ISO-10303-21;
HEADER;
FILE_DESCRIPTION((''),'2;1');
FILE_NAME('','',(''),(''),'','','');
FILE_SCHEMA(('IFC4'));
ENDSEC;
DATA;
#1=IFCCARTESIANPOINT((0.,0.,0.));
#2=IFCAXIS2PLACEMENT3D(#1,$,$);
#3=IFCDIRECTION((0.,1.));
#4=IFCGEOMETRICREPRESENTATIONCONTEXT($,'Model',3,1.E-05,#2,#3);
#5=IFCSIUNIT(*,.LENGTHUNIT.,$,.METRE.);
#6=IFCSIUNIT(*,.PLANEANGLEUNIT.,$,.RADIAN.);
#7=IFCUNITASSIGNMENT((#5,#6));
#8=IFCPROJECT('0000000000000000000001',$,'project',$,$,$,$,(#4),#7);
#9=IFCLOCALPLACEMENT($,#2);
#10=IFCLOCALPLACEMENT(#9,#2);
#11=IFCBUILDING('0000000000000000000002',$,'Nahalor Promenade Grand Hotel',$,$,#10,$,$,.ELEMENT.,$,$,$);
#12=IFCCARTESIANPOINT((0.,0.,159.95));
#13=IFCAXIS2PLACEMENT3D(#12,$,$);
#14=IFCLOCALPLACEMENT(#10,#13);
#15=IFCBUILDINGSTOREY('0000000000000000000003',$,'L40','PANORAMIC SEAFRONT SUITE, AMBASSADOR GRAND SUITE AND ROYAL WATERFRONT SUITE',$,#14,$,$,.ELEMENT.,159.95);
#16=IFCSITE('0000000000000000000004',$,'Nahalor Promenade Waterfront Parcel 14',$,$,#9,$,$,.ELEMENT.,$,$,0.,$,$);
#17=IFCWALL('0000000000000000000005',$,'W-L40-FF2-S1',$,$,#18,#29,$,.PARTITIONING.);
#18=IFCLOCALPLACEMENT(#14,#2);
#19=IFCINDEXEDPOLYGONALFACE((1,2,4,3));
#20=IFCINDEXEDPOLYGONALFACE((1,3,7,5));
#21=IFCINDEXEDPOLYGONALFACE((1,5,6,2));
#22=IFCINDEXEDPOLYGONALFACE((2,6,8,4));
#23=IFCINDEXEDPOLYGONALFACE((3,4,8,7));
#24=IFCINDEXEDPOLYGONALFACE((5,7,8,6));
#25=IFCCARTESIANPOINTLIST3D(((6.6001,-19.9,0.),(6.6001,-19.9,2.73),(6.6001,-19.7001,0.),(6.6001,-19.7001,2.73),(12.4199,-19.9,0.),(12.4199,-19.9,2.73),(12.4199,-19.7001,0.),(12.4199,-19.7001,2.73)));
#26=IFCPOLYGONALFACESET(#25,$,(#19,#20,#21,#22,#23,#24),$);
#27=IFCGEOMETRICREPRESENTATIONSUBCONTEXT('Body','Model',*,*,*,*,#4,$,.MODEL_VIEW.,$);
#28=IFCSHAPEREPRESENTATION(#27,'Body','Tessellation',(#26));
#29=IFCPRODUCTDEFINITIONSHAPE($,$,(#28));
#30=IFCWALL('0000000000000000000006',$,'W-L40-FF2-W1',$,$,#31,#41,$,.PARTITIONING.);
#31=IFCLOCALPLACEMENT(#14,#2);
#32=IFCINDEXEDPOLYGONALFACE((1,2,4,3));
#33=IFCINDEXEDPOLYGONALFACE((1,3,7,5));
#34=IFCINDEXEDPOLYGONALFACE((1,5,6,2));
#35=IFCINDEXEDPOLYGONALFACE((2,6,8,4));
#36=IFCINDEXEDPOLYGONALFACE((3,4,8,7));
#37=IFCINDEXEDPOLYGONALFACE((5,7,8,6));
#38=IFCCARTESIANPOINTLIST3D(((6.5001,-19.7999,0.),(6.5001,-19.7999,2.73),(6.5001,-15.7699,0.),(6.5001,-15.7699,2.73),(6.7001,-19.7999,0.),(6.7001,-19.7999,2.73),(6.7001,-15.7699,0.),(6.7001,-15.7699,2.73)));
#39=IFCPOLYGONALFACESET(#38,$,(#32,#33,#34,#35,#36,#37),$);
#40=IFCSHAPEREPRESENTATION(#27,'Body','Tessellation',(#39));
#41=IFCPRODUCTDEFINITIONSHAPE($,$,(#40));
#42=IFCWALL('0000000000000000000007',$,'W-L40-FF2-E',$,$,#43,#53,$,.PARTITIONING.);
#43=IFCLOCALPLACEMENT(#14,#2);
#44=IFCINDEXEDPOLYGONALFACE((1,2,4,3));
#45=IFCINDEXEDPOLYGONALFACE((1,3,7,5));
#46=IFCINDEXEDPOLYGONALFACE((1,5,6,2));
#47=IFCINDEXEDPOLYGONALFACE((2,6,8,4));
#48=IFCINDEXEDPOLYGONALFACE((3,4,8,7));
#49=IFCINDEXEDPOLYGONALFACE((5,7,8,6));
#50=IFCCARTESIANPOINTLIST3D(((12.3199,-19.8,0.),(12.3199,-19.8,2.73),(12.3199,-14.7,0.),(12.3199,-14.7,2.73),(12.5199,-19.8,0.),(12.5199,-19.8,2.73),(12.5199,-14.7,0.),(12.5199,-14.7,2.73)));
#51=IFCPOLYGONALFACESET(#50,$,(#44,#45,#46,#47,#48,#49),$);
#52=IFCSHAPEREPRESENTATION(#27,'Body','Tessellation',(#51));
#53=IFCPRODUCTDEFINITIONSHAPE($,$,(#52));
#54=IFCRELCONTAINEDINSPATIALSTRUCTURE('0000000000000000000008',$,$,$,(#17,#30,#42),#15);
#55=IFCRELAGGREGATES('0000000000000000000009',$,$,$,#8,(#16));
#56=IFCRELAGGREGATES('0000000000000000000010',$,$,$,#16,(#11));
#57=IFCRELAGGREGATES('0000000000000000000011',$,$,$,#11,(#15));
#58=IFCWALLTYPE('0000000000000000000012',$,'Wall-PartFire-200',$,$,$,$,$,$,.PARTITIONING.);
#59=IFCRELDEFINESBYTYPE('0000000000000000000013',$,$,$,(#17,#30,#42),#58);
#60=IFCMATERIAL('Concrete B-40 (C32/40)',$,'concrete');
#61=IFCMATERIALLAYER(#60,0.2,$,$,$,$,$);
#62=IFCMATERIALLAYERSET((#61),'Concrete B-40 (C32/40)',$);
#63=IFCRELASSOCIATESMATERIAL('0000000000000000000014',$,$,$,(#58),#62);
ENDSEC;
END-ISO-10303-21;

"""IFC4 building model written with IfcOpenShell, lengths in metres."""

from ifc_helpers import new_model, si_unit, direction, frame, frame_2d, origin, place, context, subcontext, project, spatial, rectangle, extrude, source, transform, mapped, material, layer, layer_set, type_object, element, save


model = new_model("IFC4")

# Units and contexts
model_context = context("Model", 3, precision=1e-05, world=origin(), true_north=direction((0.0, 1.0)))
body_context = subcontext(model_context, "Body", "Model", "MODEL_VIEW")
ifc_project = project(units=[si_unit("LENGTHUNIT", "METRE"), si_unit("PLANEANGLEUNIT", "RADIAN")], contexts=[model_context])

# Site, building, storey
site_placement = place(None, origin())
site = spatial("IfcSite", under=ifc_project, at=site_placement, Name="Nahalor Promenade Waterfront Parcel 14", CompositionType="ELEMENT", RefElevation=0.0)
building_placement = place(site_placement, origin())
building = spatial("IfcBuilding", under=site, at=building_placement, Name="Nahalor Promenade Grand Hotel", CompositionType="ELEMENT")
storey_placement = place(building_placement, frame((0.0, 0.0, 159.95)))
storey = spatial("IfcBuildingStorey", under=building, at=storey_placement, Name="L40", Description="PANORAMIC SEAFRONT SUITE, AMBASSADOR GRAND SUITE AND ROYAL WATERFRONT SUITE", CompositionType="ELEMENT", Elevation=159.95)

# Walls
ifc_material_1 = material(Name="Concrete B-40 (C32/40)", Category="concrete")
ifc_layer_1 = layer(ifc_material_1, 0.2)
ifc_layer_set_1 = layer_set([ifc_layer_1], Name="Concrete B-40 (C32/40)")
wall_type_1 = type_object("IfcWallType", Name="Wall-PartFire-200", PredefinedType="PARTITIONING", material=ifc_layer_set_1)
shared_shape_1 = source(origin(), body_context, "Body", "SweptSolid", [
    extrude(rectangle(XDim=5.8198, YDim=0.2, at=frame_2d((2.9099, 0.0))), origin(), (0.0, 0.0, 1.0), 2.73),
])
wall_1_placement = place(storey_placement, frame((6.6001, -19.8, 0.0), z_axis=(0.0, 0.0, 1.0), x_axis=(1.0, 0.0, 0.0)))
element("IfcWall", 1, at=wall_1_placement, inside=storey, type_object=wall_type_1, Name="W-L40-FF2-S1", PredefinedType="PARTITIONING", context=body_context, shape_type="MappedRepresentation", body=[
    mapped(shared_shape_1, transform((0.0, 0.0, 0.0), scale=1.0)),
])
shared_shape_2 = source(origin(), body_context, "Body", "SweptSolid", [
    extrude(rectangle(XDim=4.03, YDim=0.2, at=frame_2d((2.0151, 0.0))), origin(), (0.0, 0.0, 1.0), 2.73),
])
wall_2_placement = place(storey_placement, frame((6.6001, -19.8, 0.0), z_axis=(0.0, 0.0, 1.0), x_axis=(0.0, 1.0, 0.0)))
element("IfcWall", 2, at=wall_2_placement, inside=storey, type_object=wall_type_1, Name="W-L40-FF2-W1", PredefinedType="PARTITIONING", context=body_context, shape_type="MappedRepresentation", body=[
    mapped(shared_shape_2, transform((0.0, 0.0, 0.0), scale=1.0)),
])
shared_shape_3 = source(origin(), body_context, "Body", "SweptSolid", [
    extrude(rectangle(XDim=5.1001, YDim=0.2, at=frame_2d((2.55, 0.0))), origin(), (0.0, 0.0, 1.0), 2.73),
])
wall_3_placement = place(storey_placement, frame((12.4199, -19.8, 0.0), z_axis=(0.0, 0.0, 1.0), x_axis=(0.0, 1.0, 0.0)))
element("IfcWall", 3, at=wall_3_placement, inside=storey, type_object=wall_type_1, Name="W-L40-FF2-E", PredefinedType="PARTITIONING", context=body_context, shape_type="MappedRepresentation", body=[
    mapped(shared_shape_3, transform((0.0, 0.0, 0.0), scale=1.0)),
])

save(model, "model.ifc")
